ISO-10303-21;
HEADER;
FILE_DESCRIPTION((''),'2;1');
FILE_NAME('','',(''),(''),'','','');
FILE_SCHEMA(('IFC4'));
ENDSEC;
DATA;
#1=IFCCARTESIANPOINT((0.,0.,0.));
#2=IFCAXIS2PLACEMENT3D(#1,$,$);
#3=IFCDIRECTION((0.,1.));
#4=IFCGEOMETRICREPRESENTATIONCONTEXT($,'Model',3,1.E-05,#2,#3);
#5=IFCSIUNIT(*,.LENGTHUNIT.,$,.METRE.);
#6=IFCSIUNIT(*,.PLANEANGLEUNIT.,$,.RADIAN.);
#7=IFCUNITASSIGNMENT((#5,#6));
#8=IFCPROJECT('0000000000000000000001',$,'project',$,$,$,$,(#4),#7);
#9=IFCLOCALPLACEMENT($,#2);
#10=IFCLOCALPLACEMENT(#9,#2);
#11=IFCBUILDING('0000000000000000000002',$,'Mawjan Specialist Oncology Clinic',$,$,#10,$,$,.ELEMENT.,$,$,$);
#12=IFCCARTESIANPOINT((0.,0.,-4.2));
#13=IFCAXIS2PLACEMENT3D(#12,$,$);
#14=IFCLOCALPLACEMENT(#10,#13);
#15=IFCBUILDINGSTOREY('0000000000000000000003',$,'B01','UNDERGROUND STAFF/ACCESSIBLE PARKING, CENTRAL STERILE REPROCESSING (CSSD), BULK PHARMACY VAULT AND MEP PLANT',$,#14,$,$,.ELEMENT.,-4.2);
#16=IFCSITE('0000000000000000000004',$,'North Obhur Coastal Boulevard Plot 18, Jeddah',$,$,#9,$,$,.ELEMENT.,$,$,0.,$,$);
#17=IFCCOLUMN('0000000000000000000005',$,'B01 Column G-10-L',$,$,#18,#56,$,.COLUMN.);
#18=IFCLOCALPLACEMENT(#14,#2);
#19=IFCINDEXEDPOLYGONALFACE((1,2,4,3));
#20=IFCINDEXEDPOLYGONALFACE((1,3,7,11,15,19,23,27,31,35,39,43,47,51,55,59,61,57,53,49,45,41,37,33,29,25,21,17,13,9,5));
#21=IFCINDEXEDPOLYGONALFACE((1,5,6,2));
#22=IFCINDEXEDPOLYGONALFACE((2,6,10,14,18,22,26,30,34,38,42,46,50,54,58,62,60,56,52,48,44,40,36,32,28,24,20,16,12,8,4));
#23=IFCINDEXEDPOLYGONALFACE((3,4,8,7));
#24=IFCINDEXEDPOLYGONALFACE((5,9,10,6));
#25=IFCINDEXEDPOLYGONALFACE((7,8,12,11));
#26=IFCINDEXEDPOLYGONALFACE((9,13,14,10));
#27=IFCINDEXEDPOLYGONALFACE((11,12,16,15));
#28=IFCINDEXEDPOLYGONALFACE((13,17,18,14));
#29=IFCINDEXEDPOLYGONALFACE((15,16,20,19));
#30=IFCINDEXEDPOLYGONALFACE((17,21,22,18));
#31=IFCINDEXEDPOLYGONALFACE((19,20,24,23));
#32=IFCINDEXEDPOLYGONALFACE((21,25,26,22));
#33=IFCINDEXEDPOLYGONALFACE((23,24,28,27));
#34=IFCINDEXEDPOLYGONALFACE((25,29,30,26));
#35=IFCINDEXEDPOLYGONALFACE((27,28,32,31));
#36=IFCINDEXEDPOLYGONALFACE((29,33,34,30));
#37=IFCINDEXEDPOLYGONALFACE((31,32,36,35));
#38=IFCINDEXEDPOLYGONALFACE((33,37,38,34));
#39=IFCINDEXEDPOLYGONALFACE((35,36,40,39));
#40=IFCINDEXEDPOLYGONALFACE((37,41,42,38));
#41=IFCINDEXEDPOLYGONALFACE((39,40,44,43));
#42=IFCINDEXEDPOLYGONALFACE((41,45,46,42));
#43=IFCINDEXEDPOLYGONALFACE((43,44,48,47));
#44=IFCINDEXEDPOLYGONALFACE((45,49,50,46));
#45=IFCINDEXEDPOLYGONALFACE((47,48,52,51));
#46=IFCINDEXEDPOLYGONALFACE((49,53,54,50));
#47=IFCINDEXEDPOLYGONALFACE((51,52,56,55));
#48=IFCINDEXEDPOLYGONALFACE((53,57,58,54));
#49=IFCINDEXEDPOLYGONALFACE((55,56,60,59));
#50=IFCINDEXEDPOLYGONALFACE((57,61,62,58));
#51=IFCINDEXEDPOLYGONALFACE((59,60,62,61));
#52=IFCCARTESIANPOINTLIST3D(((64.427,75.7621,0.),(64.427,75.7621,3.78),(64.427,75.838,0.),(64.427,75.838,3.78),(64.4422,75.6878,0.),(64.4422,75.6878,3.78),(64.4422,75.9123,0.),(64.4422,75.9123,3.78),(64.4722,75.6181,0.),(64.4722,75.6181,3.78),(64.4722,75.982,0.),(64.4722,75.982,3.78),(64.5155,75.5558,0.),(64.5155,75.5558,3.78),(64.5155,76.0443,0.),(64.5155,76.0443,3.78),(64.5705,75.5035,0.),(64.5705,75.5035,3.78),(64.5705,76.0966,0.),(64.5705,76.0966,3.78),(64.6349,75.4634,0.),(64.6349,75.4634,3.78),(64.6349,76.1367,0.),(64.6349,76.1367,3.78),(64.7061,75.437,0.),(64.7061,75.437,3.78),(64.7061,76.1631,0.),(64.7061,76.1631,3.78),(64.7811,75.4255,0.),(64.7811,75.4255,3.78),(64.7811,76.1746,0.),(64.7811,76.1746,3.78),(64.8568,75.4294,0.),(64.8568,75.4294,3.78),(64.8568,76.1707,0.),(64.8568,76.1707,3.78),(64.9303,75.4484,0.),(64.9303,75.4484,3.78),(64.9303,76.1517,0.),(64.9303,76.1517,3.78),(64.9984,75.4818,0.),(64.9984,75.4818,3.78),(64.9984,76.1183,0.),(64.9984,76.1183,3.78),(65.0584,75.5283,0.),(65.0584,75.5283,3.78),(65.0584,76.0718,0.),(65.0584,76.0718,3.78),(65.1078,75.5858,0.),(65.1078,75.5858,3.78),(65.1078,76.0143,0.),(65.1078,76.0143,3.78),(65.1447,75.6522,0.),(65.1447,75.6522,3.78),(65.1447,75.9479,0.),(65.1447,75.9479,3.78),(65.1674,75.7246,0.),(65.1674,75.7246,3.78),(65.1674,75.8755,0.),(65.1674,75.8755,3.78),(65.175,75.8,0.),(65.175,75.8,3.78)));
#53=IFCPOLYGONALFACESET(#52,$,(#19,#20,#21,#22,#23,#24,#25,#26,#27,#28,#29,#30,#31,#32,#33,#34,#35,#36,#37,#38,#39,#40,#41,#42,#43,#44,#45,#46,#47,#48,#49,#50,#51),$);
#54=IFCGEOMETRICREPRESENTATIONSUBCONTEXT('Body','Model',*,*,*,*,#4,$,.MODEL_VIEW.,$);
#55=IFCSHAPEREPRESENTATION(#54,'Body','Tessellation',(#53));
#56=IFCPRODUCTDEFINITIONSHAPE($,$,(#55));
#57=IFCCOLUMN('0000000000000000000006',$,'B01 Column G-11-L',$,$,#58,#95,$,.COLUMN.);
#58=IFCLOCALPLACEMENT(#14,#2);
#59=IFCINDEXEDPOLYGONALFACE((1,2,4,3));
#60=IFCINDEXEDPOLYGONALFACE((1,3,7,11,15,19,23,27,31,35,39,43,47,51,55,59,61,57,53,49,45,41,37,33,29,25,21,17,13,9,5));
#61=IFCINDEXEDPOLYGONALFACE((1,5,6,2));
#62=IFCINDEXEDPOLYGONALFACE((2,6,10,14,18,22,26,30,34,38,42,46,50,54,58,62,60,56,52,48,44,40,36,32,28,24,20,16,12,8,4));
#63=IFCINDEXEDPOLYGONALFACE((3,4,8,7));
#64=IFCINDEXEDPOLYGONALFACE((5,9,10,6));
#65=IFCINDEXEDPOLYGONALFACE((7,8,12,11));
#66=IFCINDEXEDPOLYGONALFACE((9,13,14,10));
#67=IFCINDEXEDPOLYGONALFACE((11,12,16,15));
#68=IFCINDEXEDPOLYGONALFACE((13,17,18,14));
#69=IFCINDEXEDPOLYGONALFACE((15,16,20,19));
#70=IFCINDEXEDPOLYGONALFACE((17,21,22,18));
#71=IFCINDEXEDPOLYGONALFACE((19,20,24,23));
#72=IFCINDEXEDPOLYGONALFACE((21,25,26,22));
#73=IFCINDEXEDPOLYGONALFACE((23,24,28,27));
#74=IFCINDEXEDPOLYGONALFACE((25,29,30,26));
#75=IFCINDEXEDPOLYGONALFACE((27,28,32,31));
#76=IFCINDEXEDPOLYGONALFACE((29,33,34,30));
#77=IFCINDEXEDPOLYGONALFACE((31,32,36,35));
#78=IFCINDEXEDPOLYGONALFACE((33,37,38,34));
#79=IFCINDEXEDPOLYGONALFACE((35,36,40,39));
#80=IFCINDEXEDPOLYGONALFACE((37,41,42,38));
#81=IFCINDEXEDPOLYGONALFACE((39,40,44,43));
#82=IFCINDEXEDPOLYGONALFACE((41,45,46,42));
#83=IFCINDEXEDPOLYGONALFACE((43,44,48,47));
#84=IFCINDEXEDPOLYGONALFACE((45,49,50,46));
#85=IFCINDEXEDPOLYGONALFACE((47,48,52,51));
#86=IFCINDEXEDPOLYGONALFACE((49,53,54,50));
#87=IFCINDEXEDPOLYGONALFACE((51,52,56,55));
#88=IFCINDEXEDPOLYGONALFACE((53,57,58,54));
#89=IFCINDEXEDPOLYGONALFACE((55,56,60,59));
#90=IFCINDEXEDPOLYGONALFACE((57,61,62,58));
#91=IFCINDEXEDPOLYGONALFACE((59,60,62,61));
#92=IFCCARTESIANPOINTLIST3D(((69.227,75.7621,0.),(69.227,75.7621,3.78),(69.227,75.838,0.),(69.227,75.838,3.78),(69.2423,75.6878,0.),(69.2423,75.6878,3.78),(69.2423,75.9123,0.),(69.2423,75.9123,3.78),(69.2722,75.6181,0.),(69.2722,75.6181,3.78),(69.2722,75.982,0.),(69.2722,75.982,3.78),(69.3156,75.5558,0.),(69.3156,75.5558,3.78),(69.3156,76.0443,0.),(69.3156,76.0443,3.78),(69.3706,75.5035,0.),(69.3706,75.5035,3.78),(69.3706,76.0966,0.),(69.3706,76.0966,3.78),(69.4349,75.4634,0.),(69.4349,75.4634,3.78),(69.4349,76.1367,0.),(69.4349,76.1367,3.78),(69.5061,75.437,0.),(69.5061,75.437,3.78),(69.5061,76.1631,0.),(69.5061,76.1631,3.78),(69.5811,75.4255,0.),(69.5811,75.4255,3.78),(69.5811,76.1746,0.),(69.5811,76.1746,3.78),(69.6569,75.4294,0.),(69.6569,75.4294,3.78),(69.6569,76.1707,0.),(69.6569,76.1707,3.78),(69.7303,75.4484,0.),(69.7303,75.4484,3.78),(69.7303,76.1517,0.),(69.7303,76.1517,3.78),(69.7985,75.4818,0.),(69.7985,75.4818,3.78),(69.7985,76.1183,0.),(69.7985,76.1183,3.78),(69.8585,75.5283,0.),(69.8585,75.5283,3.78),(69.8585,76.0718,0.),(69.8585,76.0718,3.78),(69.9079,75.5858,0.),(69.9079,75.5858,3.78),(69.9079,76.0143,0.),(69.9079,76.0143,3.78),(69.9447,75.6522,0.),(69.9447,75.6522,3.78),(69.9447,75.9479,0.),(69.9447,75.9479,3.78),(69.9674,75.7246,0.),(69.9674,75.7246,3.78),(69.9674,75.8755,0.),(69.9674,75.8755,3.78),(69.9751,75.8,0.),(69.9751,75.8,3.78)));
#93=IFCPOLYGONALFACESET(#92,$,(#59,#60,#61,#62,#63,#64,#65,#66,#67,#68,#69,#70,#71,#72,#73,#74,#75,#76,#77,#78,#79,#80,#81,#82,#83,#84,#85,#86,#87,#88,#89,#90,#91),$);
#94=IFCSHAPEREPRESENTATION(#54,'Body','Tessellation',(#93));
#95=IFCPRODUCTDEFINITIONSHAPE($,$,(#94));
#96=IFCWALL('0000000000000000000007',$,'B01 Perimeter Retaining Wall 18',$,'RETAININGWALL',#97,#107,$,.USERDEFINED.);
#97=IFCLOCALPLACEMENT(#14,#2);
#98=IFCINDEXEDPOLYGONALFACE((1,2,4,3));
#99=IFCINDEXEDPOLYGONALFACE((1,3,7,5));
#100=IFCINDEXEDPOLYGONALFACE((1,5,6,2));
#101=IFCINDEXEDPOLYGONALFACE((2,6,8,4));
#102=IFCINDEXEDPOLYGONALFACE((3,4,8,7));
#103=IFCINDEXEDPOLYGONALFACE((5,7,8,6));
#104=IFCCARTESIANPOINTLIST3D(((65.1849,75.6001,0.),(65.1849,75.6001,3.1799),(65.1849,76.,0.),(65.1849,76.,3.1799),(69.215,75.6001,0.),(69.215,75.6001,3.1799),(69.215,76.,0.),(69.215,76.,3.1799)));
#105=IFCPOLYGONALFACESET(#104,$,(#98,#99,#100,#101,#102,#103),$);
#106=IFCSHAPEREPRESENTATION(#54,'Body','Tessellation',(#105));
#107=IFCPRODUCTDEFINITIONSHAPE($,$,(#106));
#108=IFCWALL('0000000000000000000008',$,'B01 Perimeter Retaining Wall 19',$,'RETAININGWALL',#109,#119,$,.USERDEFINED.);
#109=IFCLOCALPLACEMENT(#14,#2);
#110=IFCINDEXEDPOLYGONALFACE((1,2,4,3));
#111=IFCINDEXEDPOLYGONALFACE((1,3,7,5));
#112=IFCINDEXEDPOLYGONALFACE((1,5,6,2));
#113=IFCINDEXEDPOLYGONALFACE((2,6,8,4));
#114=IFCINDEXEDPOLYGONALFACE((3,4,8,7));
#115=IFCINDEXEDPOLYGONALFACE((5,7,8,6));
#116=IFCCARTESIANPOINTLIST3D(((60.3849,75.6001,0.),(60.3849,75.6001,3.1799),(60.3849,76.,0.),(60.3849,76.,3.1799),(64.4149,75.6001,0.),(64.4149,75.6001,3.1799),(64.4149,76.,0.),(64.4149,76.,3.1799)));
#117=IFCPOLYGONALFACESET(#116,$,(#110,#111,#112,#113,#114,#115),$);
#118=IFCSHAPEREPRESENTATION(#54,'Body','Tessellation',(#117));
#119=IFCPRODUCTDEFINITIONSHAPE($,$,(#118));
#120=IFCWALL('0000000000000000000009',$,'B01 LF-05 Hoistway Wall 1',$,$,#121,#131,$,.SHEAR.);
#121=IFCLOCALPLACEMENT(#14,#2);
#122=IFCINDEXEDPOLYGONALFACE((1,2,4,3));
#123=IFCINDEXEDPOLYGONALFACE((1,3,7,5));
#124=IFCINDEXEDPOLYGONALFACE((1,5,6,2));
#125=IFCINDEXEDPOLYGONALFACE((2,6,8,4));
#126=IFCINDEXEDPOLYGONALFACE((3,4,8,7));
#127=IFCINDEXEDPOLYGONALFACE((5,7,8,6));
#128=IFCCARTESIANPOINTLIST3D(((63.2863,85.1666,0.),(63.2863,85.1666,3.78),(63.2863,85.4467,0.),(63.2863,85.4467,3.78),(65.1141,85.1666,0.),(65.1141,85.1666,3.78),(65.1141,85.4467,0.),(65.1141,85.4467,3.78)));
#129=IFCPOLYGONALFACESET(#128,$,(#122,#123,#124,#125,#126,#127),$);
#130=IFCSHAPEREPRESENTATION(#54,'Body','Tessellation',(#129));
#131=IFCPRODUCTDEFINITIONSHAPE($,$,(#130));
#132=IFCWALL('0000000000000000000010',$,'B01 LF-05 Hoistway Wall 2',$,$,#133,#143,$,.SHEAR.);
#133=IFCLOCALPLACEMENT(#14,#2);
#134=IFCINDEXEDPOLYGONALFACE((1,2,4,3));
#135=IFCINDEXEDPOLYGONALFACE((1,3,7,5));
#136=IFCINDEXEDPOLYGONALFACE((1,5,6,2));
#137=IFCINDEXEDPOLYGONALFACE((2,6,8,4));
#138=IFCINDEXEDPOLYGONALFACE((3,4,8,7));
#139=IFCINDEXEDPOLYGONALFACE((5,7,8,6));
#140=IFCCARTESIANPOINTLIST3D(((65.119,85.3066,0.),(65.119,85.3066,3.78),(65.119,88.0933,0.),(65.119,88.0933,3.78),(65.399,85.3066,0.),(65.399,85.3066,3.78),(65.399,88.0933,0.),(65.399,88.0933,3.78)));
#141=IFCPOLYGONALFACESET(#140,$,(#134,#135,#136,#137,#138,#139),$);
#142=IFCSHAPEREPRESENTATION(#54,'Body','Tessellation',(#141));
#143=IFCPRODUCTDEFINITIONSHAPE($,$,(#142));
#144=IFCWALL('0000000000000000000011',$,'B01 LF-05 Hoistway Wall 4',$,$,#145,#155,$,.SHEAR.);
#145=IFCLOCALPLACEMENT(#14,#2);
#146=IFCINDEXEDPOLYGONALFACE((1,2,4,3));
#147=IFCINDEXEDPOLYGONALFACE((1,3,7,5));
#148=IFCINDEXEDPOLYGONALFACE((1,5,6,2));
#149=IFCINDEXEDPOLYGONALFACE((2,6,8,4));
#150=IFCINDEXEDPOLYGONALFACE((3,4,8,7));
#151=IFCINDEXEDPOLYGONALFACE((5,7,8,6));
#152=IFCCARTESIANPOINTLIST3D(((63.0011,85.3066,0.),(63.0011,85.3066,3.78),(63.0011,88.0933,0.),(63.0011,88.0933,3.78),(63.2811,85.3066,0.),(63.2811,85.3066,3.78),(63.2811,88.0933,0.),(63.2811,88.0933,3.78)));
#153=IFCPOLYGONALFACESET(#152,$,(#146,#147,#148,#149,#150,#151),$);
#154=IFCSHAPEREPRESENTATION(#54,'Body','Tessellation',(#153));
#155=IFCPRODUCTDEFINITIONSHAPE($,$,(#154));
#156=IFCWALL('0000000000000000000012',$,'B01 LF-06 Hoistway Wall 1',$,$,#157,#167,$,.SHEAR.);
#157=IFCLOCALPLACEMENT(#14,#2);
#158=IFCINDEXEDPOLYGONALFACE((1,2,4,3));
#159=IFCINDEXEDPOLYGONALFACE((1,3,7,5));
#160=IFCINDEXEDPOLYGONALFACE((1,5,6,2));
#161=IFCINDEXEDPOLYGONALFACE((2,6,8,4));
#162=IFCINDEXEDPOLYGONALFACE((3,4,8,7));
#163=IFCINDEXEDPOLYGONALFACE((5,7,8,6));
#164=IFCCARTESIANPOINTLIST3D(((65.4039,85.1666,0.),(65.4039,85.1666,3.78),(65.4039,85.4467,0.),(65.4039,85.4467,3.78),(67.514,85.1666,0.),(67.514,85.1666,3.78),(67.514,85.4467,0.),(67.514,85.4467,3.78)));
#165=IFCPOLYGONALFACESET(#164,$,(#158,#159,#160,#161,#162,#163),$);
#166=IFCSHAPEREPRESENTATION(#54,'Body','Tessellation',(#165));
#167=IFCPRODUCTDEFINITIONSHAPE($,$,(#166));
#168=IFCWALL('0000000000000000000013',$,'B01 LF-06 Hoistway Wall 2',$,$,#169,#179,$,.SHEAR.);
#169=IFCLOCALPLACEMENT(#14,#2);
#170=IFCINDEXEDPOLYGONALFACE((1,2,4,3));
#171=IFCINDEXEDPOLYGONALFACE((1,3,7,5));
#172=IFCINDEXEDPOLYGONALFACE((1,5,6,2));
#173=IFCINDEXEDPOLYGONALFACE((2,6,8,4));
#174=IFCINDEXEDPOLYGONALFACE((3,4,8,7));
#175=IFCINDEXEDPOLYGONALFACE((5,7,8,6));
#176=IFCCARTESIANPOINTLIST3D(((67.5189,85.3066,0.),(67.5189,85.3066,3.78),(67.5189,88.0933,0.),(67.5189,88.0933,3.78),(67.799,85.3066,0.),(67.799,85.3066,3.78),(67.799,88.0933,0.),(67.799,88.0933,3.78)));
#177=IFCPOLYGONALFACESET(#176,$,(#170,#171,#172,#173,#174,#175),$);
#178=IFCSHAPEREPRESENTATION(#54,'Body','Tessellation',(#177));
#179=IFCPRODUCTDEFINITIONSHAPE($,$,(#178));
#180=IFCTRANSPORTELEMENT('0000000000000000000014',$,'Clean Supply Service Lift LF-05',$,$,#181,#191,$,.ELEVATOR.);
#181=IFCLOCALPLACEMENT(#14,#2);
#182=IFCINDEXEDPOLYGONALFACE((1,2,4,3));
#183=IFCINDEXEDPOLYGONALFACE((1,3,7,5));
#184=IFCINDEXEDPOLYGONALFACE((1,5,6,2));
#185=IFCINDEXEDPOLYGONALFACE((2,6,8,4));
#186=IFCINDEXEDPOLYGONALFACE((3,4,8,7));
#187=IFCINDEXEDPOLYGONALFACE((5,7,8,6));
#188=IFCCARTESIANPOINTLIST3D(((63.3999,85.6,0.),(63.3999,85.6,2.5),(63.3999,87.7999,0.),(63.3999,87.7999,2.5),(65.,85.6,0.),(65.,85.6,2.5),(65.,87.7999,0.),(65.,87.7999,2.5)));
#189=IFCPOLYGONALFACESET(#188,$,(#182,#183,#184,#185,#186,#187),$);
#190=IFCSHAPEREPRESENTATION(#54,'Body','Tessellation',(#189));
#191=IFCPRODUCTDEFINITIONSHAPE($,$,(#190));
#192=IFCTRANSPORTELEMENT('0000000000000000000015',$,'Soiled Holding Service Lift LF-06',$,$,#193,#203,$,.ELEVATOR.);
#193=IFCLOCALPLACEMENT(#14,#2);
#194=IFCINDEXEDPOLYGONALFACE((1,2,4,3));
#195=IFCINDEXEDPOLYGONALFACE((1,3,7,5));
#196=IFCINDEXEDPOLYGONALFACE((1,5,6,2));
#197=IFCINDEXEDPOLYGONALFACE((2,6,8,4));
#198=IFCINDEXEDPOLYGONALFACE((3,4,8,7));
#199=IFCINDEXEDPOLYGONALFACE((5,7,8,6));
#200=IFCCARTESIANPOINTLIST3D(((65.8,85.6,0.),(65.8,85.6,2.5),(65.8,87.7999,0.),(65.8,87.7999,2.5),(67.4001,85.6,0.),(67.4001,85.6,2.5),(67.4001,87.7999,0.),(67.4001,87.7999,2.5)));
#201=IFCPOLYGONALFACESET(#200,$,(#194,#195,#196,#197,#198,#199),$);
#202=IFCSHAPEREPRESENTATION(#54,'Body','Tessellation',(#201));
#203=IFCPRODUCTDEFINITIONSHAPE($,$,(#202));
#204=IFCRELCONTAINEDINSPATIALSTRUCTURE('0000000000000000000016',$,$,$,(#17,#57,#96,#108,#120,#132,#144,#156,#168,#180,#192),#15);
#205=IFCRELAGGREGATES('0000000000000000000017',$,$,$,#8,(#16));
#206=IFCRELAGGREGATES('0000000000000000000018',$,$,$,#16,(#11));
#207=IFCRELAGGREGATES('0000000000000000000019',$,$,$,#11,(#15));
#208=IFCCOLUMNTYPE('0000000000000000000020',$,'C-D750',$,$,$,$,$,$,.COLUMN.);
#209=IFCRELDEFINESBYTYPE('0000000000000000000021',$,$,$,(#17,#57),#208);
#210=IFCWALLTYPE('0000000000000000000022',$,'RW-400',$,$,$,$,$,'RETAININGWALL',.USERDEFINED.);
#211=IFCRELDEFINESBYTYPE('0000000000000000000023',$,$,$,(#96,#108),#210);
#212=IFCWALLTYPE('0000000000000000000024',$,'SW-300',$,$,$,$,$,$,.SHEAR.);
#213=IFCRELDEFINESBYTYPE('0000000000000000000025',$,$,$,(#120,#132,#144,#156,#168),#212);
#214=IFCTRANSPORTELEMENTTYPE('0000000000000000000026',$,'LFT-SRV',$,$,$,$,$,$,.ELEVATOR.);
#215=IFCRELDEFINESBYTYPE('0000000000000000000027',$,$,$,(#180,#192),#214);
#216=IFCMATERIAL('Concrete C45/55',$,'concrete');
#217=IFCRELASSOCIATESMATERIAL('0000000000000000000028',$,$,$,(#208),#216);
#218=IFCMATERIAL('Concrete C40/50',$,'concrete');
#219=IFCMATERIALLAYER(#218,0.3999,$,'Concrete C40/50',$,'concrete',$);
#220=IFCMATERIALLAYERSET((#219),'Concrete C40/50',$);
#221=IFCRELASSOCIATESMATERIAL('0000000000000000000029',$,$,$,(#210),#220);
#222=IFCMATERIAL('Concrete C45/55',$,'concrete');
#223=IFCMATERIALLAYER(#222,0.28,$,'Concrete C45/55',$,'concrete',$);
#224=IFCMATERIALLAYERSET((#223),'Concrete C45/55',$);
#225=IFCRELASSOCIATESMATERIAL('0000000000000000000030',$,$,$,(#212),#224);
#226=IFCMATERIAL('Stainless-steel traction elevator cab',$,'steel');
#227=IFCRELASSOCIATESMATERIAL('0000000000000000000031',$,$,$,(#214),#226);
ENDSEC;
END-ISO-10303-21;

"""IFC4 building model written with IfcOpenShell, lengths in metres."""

from ifc_helpers import new_model, si_unit, direction, frame, frame_2d, origin, origin_2d, place, context, subcontext, project, spatial, rectangle, circle, extrude, material, layer, layer_set, material_profile, profile_set, type_object, element, save


model = new_model("IFC4")

# Units and contexts
model_context = context("Model", 3, precision=1e-05, world=origin(), true_north=direction((0.0, 1.0)))
body_context = subcontext(model_context, "Body", "Model", "MODEL_VIEW")
ifc_project = project(units=[si_unit("LENGTHUNIT", "METRE"), si_unit("PLANEANGLEUNIT", "RADIAN")], contexts=[model_context])

# Site, building, storey
site_placement = place(None, origin())
site = spatial("IfcSite", under=ifc_project, at=site_placement, Name="North Obhur Coastal Boulevard Plot 18, Jeddah", CompositionType="ELEMENT", RefElevation=0.0)
building_placement = place(site_placement, origin())
building = spatial("IfcBuilding", under=site, at=building_placement, Name="Mawjan Specialist Oncology Clinic", CompositionType="ELEMENT")
storey_placement = place(building_placement, frame((0.0, 0.0, -4.2)))
storey = spatial("IfcBuildingStorey", under=building, at=storey_placement, Name="B01", Description="UNDERGROUND STAFF/ACCESSIBLE PARKING, CENTRAL STERILE REPROCESSING (CSSD), BULK PHARMACY VAULT AND MEP PLANT", CompositionType="ELEMENT", Elevation=-4.2)

# Columns
ifc_material_1 = material(Name="Concrete C45/55", Category="concrete")
ifc_material_profile_1 = material_profile(ifc_material_1, circle(Radius=0.375, at=origin_2d()), Name="RC COL D750", Category="concrete")
ifc_profile_set_1 = profile_set([ifc_material_profile_1], Name="Concrete C45/55")
column_type_1 = type_object("IfcColumnType", Name="C-D750", PredefinedType="COLUMN", material=ifc_profile_set_1)
for number, where, z_axis, x_axis, name in (
    (1, (64.8, 75.8, 0.0), (0.0, 0.0, 1.0), (1.0, 0.0, 0.0), "B01 Column G-10-L"),
    (2, (69.6001, 75.8, 0.0), (0.0, 0.0, 1.0), (1.0, 0.0, 0.0), "B01 Column G-11-L"),
):
    element("IfcColumn", number, at=place(storey_placement, frame(where, z_axis=z_axis, x_axis=x_axis)), inside=storey, type_object=column_type_1, Name=name, PredefinedType="COLUMN", context=body_context, shape_type="SweptSolid", body=[
        extrude(circle(Radius=0.375, at=origin_2d()), origin(), (0.0, 0.0, 1.0), 3.78),
    ])

# Walls
ifc_material_2 = material(Name="Concrete C40/50", Category="concrete")
ifc_layer_1 = layer(ifc_material_2, 0.3999, Name="Concrete C40/50", Category="concrete")
ifc_layer_set_1 = layer_set([ifc_layer_1], Name="Concrete C40/50")
wall_type_1 = type_object("IfcWallType", Name="RW-400", ElementType="RETAININGWALL", PredefinedType="USERDEFINED", material=ifc_layer_set_1)
for number, where, z_axis, x_axis, name in (
    (3, (69.2151, 75.8, 0.0), (0.0, 0.0, 1.0), (-1.0, 0.0, 0.0), "B01 Perimeter Retaining Wall 18"),
    (4, (64.415, 75.8, 0.0), (0.0, 0.0, 1.0), (-1.0, 0.0, 0.0), "B01 Perimeter Retaining Wall 19"),
):
    element("IfcWall", number, at=place(storey_placement, frame(where, z_axis=z_axis, x_axis=x_axis)), inside=storey, type_object=wall_type_1, Name=name, ObjectType="RETAININGWALL", PredefinedType="USERDEFINED", context=body_context, shape_type="SweptSolid", body=[
        extrude(rectangle(XDim=4.03, YDim=0.3999, at=frame_2d((2.0151, 0.0))), origin(), (0.0, 0.0, 1.0), 3.1799),
    ])
ifc_material_3 = material(Name="Concrete C45/55", Category="concrete")
ifc_layer_2 = layer(ifc_material_3, 0.28, Name="Concrete C45/55", Category="concrete")
ifc_layer_set_2 = layer_set([ifc_layer_2], Name="Concrete C45/55")
wall_type_2 = type_object("IfcWallType", Name="SW-300", PredefinedType="SHEAR", material=ifc_layer_set_2)
wall_1_placement = place(storey_placement, frame((63.2861, 85.3066, 0.0), z_axis=(0.0, 0.0, 1.0), x_axis=(1.0, 0.0, 0.0)))
element("IfcWall", 5, at=wall_1_placement, inside=storey, type_object=wall_type_2, Name="B01 LF-05 Hoistway Wall 1", PredefinedType="SHEAR", context=body_context, shape_type="SweptSolid", body=[
    extrude(rectangle(XDim=1.8279, YDim=0.28, at=frame_2d((0.9141, 0.0))), origin(), (0.0, 0.0, 1.0), 3.78),
])
wall_2_placement = place(storey_placement, frame((65.259, 85.3066, 0.0), z_axis=(0.0, 0.0, 1.0), x_axis=(0.0, 1.0, 0.0)))
element("IfcWall", 6, at=wall_2_placement, inside=storey, type_object=wall_type_2, Name="B01 LF-05 Hoistway Wall 2", PredefinedType="SHEAR", context=body_context, shape_type="SweptSolid", body=[
    extrude(rectangle(XDim=2.7866, YDim=0.28, at=frame_2d((1.3933, 0.0))), origin(), (0.0, 0.0, 1.0), 3.78),
])

# Walls
wall_3_placement = place(storey_placement, frame((63.1411, 88.0933, 0.0), z_axis=(0.0, 0.0, 1.0), x_axis=(0.0, -1.0, 0.0)))
element("IfcWall", 7, at=wall_3_placement, inside=storey, type_object=wall_type_2, Name="B01 LF-05 Hoistway Wall 4", PredefinedType="SHEAR", context=body_context, shape_type="SweptSolid", body=[
    extrude(rectangle(XDim=2.7866, YDim=0.28, at=frame_2d((1.3933, 0.0))), origin(), (0.0, 0.0, 1.0), 3.78),
])
wall_4_placement = place(storey_placement, frame((65.4038, 85.3066, 0.0), z_axis=(0.0, 0.0, 1.0), x_axis=(1.0, 0.0, 0.0)))
element("IfcWall", 8, at=wall_4_placement, inside=storey, type_object=wall_type_2, Name="B01 LF-06 Hoistway Wall 1", PredefinedType="SHEAR", context=body_context, shape_type="SweptSolid", body=[
    extrude(rectangle(XDim=2.1101, YDim=0.28, at=frame_2d((1.0552, 0.0))), origin(), (0.0, 0.0, 1.0), 3.78),
])
wall_5_placement = place(storey_placement, frame((67.6589, 85.3066, 0.0), z_axis=(0.0, 0.0, 1.0), x_axis=(0.0, 1.0, 0.0)))
element("IfcWall", 9, at=wall_5_placement, inside=storey, type_object=wall_type_2, Name="B01 LF-06 Hoistway Wall 2", PredefinedType="SHEAR", context=body_context, shape_type="SweptSolid", body=[
    extrude(rectangle(XDim=2.7866, YDim=0.28, at=frame_2d((1.3933, 0.0))), origin(), (0.0, 0.0, 1.0), 3.78),
])

# Transport elements
ifc_material_4 = material(Name="Stainless-steel traction elevator cab", Category="steel")
transport_element_type = type_object("IfcTransportElementType", Name="LFT-SRV", PredefinedType="ELEVATOR", material=ifc_material_4)
for number, where, z_axis, x_axis, name in (
    (10, (64.2, 86.7, 0.0), (0.0, 0.0, 1.0), (1.0, 0.0, 0.0), "Clean Supply Service Lift LF-05"),
    (11, (66.6001, 86.7, 0.0), (0.0, 0.0, 1.0), (1.0, 0.0, 0.0), "Soiled Holding Service Lift LF-06"),
):
    element("IfcTransportElement", number, at=place(storey_placement, frame(where, z_axis=z_axis, x_axis=x_axis)), inside=storey, type_object=transport_element_type, Name=name, PredefinedType="ELEVATOR", context=body_context, shape_type="SweptSolid", body=[
        extrude(rectangle(XDim=1.6001, YDim=2.2, at=origin_2d()), origin(), (0.0, 0.0, 1.0), 2.5),
    ])

save(model, "model.ifc")
